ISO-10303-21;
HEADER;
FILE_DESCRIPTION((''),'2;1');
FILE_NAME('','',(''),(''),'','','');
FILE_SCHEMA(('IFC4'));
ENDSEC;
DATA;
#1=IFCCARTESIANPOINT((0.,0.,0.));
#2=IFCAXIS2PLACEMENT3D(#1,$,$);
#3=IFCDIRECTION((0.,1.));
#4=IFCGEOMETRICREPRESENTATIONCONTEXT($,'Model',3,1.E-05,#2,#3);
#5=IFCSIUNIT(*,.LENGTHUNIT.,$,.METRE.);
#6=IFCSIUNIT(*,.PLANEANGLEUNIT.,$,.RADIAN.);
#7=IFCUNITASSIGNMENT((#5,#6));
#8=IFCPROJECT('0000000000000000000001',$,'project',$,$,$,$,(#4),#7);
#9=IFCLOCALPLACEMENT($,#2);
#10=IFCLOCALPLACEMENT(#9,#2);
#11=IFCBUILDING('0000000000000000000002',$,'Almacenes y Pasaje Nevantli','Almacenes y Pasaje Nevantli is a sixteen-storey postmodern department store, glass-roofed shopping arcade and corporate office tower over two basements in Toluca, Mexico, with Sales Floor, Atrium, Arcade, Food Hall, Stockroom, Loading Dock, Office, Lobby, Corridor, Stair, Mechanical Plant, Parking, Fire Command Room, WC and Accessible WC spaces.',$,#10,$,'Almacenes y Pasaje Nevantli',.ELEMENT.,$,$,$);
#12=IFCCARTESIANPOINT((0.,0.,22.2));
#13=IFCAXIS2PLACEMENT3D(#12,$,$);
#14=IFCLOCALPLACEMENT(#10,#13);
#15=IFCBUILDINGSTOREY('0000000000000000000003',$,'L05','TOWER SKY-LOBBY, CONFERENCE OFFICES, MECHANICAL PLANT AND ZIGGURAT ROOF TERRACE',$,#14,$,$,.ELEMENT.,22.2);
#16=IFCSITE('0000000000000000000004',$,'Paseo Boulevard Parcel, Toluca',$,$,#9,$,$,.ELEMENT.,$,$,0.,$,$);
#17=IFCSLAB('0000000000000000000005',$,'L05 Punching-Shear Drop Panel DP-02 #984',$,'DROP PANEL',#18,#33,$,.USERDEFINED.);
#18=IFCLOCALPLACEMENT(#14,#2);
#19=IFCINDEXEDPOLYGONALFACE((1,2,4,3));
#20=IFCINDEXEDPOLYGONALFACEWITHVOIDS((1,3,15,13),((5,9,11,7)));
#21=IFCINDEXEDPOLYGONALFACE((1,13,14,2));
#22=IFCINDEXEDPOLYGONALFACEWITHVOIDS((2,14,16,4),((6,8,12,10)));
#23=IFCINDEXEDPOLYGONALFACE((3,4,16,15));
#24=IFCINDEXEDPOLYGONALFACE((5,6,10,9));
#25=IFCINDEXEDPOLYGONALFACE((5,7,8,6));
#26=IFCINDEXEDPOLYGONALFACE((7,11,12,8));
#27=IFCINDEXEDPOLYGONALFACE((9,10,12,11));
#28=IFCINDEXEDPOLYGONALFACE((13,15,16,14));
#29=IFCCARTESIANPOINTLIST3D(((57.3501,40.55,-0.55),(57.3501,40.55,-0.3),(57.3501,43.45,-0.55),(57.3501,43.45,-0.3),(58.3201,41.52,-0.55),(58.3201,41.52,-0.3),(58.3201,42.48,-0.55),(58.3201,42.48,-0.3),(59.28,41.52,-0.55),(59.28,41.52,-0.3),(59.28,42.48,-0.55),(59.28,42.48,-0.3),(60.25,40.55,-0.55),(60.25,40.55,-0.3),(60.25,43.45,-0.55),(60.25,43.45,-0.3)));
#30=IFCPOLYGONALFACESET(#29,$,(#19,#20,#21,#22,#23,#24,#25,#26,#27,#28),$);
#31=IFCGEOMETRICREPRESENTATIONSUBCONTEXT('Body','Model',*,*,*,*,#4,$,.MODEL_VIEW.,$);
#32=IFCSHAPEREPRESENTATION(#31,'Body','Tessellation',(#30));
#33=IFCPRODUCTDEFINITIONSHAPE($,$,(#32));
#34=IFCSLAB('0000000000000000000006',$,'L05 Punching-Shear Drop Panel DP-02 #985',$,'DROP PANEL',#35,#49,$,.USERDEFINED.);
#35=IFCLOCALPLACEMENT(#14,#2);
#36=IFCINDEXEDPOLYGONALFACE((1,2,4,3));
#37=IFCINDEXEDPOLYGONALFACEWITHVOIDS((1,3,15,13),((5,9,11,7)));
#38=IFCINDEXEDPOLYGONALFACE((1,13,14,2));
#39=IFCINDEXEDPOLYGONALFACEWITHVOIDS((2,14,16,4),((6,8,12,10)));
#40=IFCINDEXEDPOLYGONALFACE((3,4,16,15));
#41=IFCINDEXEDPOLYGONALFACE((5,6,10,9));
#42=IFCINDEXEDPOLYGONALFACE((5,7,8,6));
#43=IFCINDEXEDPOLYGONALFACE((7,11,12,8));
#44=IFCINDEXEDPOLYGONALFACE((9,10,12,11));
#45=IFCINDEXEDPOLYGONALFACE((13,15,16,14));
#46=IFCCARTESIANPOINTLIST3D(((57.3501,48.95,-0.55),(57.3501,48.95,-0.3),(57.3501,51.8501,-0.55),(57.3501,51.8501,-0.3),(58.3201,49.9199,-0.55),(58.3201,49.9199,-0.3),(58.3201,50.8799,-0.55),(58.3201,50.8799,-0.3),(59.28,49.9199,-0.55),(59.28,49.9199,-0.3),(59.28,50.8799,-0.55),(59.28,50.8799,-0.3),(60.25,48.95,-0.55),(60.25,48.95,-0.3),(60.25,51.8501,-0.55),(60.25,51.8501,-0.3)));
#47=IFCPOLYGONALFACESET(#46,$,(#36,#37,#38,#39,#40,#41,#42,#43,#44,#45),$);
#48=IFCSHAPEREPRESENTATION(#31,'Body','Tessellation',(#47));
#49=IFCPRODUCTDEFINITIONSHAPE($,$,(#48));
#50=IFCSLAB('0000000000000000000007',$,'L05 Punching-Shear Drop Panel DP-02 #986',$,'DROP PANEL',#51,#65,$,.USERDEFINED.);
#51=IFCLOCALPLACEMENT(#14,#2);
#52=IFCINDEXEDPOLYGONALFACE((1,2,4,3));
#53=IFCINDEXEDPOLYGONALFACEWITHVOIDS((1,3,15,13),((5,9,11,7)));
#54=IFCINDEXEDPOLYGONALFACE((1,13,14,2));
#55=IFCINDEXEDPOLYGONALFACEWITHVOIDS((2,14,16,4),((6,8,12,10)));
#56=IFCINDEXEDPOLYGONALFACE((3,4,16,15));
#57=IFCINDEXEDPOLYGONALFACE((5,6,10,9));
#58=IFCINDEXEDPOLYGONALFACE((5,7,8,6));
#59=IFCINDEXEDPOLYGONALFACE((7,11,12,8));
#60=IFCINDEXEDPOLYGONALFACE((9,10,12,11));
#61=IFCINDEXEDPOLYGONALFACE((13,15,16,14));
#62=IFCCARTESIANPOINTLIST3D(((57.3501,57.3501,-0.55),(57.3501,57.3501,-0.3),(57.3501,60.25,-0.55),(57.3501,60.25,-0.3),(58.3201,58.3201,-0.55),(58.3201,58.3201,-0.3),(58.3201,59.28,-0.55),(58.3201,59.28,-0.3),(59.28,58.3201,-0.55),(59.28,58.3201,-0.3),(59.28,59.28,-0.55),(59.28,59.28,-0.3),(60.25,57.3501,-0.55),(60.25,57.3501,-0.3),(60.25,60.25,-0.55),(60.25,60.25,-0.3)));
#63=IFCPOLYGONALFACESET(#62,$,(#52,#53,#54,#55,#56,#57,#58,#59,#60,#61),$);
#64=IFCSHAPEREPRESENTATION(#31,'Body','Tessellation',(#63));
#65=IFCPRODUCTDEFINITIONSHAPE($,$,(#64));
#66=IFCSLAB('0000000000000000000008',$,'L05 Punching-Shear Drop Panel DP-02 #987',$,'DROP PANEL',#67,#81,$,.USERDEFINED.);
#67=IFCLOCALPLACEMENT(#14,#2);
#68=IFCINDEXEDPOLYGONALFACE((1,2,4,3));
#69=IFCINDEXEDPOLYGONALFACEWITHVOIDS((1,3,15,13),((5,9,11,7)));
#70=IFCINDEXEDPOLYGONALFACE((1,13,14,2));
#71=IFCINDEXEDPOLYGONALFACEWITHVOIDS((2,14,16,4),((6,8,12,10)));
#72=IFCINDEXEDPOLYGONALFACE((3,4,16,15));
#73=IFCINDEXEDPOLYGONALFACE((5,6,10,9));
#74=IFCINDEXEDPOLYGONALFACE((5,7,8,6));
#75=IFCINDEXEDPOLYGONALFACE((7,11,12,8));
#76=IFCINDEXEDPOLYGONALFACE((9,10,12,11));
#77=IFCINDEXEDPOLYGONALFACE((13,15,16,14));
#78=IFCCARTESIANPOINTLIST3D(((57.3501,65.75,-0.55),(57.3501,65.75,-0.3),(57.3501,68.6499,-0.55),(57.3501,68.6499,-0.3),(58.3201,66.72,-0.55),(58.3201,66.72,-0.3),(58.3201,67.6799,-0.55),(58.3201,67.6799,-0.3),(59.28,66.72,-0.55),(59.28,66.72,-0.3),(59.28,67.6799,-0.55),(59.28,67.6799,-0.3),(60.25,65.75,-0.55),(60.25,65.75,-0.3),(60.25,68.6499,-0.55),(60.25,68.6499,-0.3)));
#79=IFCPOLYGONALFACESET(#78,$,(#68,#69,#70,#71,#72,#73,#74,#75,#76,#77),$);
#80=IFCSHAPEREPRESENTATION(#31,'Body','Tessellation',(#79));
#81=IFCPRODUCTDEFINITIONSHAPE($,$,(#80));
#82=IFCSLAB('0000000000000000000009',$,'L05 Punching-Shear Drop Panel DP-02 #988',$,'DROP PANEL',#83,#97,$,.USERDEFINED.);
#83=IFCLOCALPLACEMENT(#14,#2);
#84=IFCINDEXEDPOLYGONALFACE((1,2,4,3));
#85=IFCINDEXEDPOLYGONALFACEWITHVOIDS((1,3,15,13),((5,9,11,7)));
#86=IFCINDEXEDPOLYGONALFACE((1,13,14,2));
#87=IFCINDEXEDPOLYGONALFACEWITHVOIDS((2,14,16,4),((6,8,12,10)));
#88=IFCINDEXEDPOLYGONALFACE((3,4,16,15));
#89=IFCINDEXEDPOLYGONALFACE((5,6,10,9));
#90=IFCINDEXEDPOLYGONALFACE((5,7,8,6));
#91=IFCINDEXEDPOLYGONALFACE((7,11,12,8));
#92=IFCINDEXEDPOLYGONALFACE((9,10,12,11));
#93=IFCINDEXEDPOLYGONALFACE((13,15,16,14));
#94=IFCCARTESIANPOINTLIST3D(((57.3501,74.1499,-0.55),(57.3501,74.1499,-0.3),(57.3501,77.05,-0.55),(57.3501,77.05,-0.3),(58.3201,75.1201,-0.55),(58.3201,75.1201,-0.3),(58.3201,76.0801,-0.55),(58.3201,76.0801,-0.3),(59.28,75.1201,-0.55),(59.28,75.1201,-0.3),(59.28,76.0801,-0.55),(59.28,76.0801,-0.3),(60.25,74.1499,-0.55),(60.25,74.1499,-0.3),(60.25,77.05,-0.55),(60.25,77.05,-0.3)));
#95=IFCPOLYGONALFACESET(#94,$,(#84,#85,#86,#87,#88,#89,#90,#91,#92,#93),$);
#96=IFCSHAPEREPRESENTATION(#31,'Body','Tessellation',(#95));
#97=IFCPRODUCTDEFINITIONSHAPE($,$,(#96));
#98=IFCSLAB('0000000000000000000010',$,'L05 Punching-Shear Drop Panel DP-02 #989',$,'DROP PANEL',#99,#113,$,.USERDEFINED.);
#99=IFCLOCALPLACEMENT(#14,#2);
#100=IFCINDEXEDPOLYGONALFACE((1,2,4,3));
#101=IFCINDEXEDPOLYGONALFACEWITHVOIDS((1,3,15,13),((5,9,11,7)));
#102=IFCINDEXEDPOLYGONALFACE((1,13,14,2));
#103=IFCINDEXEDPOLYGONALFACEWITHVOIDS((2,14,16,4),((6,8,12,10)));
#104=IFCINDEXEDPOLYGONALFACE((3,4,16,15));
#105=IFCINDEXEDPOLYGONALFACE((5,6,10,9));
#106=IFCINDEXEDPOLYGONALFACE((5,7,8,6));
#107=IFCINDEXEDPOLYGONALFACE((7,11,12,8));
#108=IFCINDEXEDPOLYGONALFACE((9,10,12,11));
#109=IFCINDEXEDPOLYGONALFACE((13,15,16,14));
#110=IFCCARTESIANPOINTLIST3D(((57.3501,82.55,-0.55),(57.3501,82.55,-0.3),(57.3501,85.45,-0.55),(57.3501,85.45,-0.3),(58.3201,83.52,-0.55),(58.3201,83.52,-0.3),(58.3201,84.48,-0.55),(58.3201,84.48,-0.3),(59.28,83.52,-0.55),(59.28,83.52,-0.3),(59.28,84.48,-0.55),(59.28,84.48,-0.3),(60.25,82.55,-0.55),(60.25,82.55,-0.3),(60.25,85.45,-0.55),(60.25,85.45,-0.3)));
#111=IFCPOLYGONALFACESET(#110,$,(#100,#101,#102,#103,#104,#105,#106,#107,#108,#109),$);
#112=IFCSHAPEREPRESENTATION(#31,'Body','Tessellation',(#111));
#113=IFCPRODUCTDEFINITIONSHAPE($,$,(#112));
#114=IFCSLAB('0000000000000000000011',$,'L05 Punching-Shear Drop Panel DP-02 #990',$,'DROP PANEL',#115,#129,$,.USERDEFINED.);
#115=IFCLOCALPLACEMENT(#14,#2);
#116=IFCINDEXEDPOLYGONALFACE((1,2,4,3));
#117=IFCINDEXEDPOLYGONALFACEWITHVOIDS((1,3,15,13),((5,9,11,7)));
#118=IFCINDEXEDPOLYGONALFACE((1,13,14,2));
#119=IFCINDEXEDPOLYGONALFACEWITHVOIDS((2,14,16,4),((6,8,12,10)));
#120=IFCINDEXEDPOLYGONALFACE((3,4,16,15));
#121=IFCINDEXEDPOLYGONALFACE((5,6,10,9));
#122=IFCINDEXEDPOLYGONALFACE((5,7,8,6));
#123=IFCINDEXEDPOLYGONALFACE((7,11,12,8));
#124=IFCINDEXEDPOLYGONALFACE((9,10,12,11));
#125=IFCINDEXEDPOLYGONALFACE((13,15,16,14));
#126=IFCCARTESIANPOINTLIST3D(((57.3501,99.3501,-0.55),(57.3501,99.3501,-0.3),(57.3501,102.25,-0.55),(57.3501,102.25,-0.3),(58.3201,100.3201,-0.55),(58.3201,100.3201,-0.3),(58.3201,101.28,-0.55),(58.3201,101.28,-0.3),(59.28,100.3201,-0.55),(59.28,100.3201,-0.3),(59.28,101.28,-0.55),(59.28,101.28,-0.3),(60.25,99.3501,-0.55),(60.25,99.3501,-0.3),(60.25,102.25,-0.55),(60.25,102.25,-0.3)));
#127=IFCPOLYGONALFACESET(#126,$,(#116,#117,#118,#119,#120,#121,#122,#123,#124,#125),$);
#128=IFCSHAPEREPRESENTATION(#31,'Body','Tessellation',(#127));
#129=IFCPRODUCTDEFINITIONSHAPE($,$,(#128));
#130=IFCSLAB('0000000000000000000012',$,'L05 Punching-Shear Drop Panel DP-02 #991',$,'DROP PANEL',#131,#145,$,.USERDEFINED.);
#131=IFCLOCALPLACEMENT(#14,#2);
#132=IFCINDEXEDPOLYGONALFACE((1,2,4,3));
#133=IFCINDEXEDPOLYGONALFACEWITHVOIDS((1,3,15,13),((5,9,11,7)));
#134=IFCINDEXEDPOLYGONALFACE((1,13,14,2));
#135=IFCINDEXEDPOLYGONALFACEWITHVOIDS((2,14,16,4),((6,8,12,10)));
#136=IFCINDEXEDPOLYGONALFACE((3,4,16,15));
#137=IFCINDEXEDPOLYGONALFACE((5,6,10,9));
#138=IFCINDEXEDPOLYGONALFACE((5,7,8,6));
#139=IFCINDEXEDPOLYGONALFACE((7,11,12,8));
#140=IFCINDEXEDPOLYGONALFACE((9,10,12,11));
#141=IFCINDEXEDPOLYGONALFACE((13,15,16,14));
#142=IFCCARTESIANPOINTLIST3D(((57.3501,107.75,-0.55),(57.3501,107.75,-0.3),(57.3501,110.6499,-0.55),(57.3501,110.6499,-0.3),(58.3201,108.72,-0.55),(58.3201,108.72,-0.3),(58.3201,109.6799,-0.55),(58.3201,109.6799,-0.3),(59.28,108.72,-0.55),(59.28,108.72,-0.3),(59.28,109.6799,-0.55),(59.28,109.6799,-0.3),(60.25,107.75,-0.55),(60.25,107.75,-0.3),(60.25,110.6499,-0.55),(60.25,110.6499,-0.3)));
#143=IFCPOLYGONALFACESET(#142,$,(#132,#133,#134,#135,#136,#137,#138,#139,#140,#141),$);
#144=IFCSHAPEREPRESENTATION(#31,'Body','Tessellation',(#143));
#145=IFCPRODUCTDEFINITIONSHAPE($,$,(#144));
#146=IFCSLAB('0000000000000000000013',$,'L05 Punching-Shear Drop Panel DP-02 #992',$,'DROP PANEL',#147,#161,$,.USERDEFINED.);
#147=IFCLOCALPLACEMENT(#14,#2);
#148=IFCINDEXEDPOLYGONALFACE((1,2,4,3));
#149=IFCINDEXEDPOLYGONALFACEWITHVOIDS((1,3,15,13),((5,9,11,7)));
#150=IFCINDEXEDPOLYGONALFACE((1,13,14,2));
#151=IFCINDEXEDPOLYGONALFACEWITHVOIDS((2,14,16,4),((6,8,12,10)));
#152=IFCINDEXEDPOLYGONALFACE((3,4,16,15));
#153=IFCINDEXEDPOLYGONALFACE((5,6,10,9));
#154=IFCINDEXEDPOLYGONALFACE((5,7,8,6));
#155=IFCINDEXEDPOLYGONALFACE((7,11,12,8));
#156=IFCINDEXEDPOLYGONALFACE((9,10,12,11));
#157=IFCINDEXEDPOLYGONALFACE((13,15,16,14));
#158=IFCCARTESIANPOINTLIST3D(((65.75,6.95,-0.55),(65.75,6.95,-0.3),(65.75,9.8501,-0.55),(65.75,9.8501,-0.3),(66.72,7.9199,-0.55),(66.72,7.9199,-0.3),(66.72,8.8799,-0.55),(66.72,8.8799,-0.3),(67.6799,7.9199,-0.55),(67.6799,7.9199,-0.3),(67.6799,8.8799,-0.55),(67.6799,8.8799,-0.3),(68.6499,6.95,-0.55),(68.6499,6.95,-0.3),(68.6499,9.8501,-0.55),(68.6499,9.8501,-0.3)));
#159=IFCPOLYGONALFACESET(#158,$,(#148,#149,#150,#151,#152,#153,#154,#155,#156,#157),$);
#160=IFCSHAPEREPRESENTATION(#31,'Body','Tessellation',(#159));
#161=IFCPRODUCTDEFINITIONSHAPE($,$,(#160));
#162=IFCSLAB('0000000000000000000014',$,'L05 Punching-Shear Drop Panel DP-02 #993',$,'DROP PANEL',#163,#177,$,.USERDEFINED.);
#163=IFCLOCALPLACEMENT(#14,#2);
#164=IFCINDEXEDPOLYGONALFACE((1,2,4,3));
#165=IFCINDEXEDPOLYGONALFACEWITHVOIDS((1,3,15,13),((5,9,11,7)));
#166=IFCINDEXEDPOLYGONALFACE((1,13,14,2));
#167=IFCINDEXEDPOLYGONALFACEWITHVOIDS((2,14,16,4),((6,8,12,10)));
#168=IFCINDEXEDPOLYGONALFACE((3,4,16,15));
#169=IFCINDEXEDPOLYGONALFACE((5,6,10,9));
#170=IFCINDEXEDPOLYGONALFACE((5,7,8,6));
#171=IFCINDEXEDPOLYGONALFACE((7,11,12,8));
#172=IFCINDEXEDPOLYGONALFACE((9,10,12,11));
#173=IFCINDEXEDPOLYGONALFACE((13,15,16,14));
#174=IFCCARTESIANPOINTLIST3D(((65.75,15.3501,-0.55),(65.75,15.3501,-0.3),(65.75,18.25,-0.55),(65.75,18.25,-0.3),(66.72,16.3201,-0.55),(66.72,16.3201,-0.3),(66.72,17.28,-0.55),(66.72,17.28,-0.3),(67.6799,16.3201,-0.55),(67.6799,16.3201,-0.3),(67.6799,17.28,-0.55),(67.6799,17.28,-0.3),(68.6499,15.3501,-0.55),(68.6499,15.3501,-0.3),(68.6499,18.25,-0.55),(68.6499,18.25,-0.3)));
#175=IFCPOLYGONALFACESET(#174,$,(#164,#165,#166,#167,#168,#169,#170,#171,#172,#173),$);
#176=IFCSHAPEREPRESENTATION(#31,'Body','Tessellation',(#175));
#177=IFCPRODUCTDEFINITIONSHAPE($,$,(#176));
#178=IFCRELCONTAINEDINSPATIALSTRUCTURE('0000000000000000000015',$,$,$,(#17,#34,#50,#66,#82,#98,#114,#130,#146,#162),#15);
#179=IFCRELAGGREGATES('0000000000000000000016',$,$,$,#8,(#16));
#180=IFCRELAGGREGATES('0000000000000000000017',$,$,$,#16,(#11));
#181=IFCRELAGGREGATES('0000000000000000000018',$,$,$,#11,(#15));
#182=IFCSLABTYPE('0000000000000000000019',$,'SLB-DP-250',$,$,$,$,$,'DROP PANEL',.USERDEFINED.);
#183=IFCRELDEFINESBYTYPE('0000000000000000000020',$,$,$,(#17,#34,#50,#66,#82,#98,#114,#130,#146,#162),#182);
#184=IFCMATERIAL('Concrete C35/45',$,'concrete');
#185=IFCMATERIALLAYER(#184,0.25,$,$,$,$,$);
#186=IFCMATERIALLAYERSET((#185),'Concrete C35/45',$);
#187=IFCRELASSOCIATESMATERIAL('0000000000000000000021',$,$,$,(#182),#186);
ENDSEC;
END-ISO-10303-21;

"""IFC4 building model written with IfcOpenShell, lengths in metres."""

from ifc_helpers import new_model, si_unit, direction, frame, origin, place, context, subcontext, project, spatial, polyline, outline, extrude, material, layer, layer_set, type_object, element, save


model = new_model("IFC4")

# Units and contexts
model_context = context("Model", 3, precision=1e-05, world=origin(), true_north=direction((0.0, 1.0)))
body_context = subcontext(model_context, "Body", "Model", "MODEL_VIEW")
ifc_project = project(units=[si_unit("LENGTHUNIT", "METRE"), si_unit("PLANEANGLEUNIT", "RADIAN")], contexts=[model_context])

# Site, building, storey
site_placement = place(None, origin())
site = spatial("IfcSite", under=ifc_project, at=site_placement, Name="Paseo Boulevard Parcel, Toluca", CompositionType="ELEMENT", RefElevation=0.0)
building_placement = place(site_placement, origin())
building = spatial("IfcBuilding", under=site, at=building_placement, Name="Almacenes y Pasaje Nevantli", Description="Almacenes y Pasaje Nevantli is a sixteen-storey postmodern department store, glass-roofed shopping arcade and corporate office tower over two basements in Toluca, Mexico, with Sales Floor, Atrium, Arcade, Food Hall, Stockroom, Loading Dock, Office, Lobby, Corridor, Stair, Mechanical Plant, Parking, Fire Command Room, WC and Accessible WC spaces.", LongName="Almacenes y Pasaje Nevantli", CompositionType="ELEMENT")
storey_placement = place(building_placement, frame((0.0, 0.0, 22.2)))
storey = spatial("IfcBuildingStorey", under=building, at=storey_placement, Name="L05", Description="TOWER SKY-LOBBY, CONFERENCE OFFICES, MECHANICAL PLANT AND ZIGGURAT ROOF TERRACE", CompositionType="ELEMENT", Elevation=22.2)

# Slabs
ifc_material_1 = material(Name="Concrete C35/45", Category="concrete")
ifc_layer_1 = layer(ifc_material_1, 0.25)
ifc_layer_set_1 = layer_set([ifc_layer_1], Name="Concrete C35/45")
slab_type_1 = type_object("IfcSlabType", Name="SLB-DP-250", ElementType="DROP PANEL", PredefinedType="USERDEFINED", material=ifc_layer_set_1)
slab_1_placement = place(storey_placement, frame((0.0, 0.0, -0.55)))
element("IfcSlab", 1, at=slab_1_placement, inside=storey, type_object=slab_type_1, Name="L05 Punching-Shear Drop Panel DP-02 #984", ObjectType="DROP PANEL", PredefinedType="USERDEFINED", context=body_context, shape_type="SweptSolid", body=[
    extrude(outline(polyline([(57.3501, 40.55), (60.25, 40.55), (60.25, 43.45), (57.3501, 43.45), (57.3501, 40.55)]), holes=[polyline([(58.3201, 41.52), (59.28, 41.52), (59.28, 42.48), (58.3201, 42.48), (58.3201, 41.52)])]), origin(), (0.0, 0.0, 1.0), 0.25),
])
slab_2_placement = place(storey_placement, frame((0.0, 0.0, -0.55)))
element("IfcSlab", 2, at=slab_2_placement, inside=storey, type_object=slab_type_1, Name="L05 Punching-Shear Drop Panel DP-02 #985", ObjectType="DROP PANEL", PredefinedType="USERDEFINED", context=body_context, shape_type="SweptSolid", body=[
    extrude(outline(polyline([(57.3501, 48.95), (60.25, 48.95), (60.25, 51.8501), (57.3501, 51.8501), (57.3501, 48.95)]), holes=[polyline([(58.3201, 49.9199), (59.28, 49.9199), (59.28, 50.8799), (58.3201, 50.8799), (58.3201, 49.9199)])]), origin(), (0.0, 0.0, 1.0), 0.25),
])
slab_3_placement = place(storey_placement, frame((0.0, 0.0, -0.55)))
element("IfcSlab", 3, at=slab_3_placement, inside=storey, type_object=slab_type_1, Name="L05 Punching-Shear Drop Panel DP-02 #986", ObjectType="DROP PANEL", PredefinedType="USERDEFINED", context=body_context, shape_type="SweptSolid", body=[
    extrude(outline(polyline([(57.3501, 57.3501), (60.25, 57.3501), (60.25, 60.25), (57.3501, 60.25), (57.3501, 57.3501)]), holes=[polyline([(58.3201, 58.3201), (59.28, 58.3201), (59.28, 59.28), (58.3201, 59.28), (58.3201, 58.3201)])]), origin(), (0.0, 0.0, 1.0), 0.25),
])
slab_4_placement = place(storey_placement, frame((0.0, 0.0, -0.55)))
element("IfcSlab", 4, at=slab_4_placement, inside=storey, type_object=slab_type_1, Name="L05 Punching-Shear Drop Panel DP-02 #987", ObjectType="DROP PANEL", PredefinedType="USERDEFINED", context=body_context, shape_type="SweptSolid", body=[
    extrude(outline(polyline([(57.3501, 65.75), (60.25, 65.75), (60.25, 68.6499), (57.3501, 68.6499), (57.3501, 65.75)]), holes=[polyline([(58.3201, 66.72), (59.28, 66.72), (59.28, 67.6799), (58.3201, 67.6799), (58.3201, 66.72)])]), origin(), (0.0, 0.0, 1.0), 0.25),
])
slab_5_placement = place(storey_placement, frame((0.0, 0.0, -0.55)))
element("IfcSlab", 5, at=slab_5_placement, inside=storey, type_object=slab_type_1, Name="L05 Punching-Shear Drop Panel DP-02 #988", ObjectType="DROP PANEL", PredefinedType="USERDEFINED", context=body_context, shape_type="SweptSolid", body=[
    extrude(outline(polyline([(57.3501, 74.1499), (60.25, 74.1499), (60.25, 77.05), (57.3501, 77.05), (57.3501, 74.1499)]), holes=[polyline([(58.3201, 75.1201), (59.28, 75.1201), (59.28, 76.0801), (58.3201, 76.0801), (58.3201, 75.1201)])]), origin(), (0.0, 0.0, 1.0), 0.25),
])
slab_6_placement = place(storey_placement, frame((0.0, 0.0, -0.55)))
element("IfcSlab", 6, at=slab_6_placement, inside=storey, type_object=slab_type_1, Name="L05 Punching-Shear Drop Panel DP-02 #989", ObjectType="DROP PANEL", PredefinedType="USERDEFINED", context=body_context, shape_type="SweptSolid", body=[
    extrude(outline(polyline([(57.3501, 82.55), (60.25, 82.55), (60.25, 85.45), (57.3501, 85.45), (57.3501, 82.55)]), holes=[polyline([(58.3201, 83.52), (59.28, 83.52), (59.28, 84.48), (58.3201, 84.48), (58.3201, 83.52)])]), origin(), (0.0, 0.0, 1.0), 0.25),
])
slab_7_placement = place(storey_placement, frame((0.0, 0.0, -0.55)))
element("IfcSlab", 7, at=slab_7_placement, inside=storey, type_object=slab_type_1, Name="L05 Punching-Shear Drop Panel DP-02 #990", ObjectType="DROP PANEL", PredefinedType="USERDEFINED", context=body_context, shape_type="SweptSolid", body=[
    extrude(outline(polyline([(57.3501, 99.3501), (60.25, 99.3501), (60.25, 102.25), (57.3501, 102.25), (57.3501, 99.3501)]), holes=[polyline([(58.3201, 100.3201), (59.28, 100.3201), (59.28, 101.28), (58.3201, 101.28), (58.3201, 100.3201)])]), origin(), (0.0, 0.0, 1.0), 0.25),
])
slab_8_placement = place(storey_placement, frame((0.0, 0.0, -0.55)))
element("IfcSlab", 8, at=slab_8_placement, inside=storey, type_object=slab_type_1, Name="L05 Punching-Shear Drop Panel DP-02 #991", ObjectType="DROP PANEL", PredefinedType="USERDEFINED", context=body_context, shape_type="SweptSolid", body=[
    extrude(outline(polyline([(57.3501, 107.75), (60.25, 107.75), (60.25, 110.6499), (57.3501, 110.6499), (57.3501, 107.75)]), holes=[polyline([(58.3201, 108.72), (59.28, 108.72), (59.28, 109.6799), (58.3201, 109.6799), (58.3201, 108.72)])]), origin(), (0.0, 0.0, 1.0), 0.25),
])
slab_9_placement = place(storey_placement, frame((0.0, 0.0, -0.55)))
element("IfcSlab", 9, at=slab_9_placement, inside=storey, type_object=slab_type_1, Name="L05 Punching-Shear Drop Panel DP-02 #992", ObjectType="DROP PANEL", PredefinedType="USERDEFINED", context=body_context, shape_type="SweptSolid", body=[
    extrude(outline(polyline([(65.75, 6.95), (68.6499, 6.95), (68.6499, 9.8501), (65.75, 9.8501), (65.75, 6.95)]), holes=[polyline([(66.72, 7.9199), (67.6799, 7.9199), (67.6799, 8.8799), (66.72, 8.8799), (66.72, 7.9199)])]), origin(), (0.0, 0.0, 1.0), 0.25),
])
slab_10_placement = place(storey_placement, frame((0.0, 0.0, -0.55)))
element("IfcSlab", 10, at=slab_10_placement, inside=storey, type_object=slab_type_1, Name="L05 Punching-Shear Drop Panel DP-02 #993", ObjectType="DROP PANEL", PredefinedType="USERDEFINED", context=body_context, shape_type="SweptSolid", body=[
    extrude(outline(polyline([(65.75, 15.3501), (68.6499, 15.3501), (68.6499, 18.25), (65.75, 18.25), (65.75, 15.3501)]), holes=[polyline([(66.72, 16.3201), (67.6799, 16.3201), (67.6799, 17.28), (66.72, 17.28), (66.72, 16.3201)])]), origin(), (0.0, 0.0, 1.0), 0.25),
])

save(model, "model.ifc")
